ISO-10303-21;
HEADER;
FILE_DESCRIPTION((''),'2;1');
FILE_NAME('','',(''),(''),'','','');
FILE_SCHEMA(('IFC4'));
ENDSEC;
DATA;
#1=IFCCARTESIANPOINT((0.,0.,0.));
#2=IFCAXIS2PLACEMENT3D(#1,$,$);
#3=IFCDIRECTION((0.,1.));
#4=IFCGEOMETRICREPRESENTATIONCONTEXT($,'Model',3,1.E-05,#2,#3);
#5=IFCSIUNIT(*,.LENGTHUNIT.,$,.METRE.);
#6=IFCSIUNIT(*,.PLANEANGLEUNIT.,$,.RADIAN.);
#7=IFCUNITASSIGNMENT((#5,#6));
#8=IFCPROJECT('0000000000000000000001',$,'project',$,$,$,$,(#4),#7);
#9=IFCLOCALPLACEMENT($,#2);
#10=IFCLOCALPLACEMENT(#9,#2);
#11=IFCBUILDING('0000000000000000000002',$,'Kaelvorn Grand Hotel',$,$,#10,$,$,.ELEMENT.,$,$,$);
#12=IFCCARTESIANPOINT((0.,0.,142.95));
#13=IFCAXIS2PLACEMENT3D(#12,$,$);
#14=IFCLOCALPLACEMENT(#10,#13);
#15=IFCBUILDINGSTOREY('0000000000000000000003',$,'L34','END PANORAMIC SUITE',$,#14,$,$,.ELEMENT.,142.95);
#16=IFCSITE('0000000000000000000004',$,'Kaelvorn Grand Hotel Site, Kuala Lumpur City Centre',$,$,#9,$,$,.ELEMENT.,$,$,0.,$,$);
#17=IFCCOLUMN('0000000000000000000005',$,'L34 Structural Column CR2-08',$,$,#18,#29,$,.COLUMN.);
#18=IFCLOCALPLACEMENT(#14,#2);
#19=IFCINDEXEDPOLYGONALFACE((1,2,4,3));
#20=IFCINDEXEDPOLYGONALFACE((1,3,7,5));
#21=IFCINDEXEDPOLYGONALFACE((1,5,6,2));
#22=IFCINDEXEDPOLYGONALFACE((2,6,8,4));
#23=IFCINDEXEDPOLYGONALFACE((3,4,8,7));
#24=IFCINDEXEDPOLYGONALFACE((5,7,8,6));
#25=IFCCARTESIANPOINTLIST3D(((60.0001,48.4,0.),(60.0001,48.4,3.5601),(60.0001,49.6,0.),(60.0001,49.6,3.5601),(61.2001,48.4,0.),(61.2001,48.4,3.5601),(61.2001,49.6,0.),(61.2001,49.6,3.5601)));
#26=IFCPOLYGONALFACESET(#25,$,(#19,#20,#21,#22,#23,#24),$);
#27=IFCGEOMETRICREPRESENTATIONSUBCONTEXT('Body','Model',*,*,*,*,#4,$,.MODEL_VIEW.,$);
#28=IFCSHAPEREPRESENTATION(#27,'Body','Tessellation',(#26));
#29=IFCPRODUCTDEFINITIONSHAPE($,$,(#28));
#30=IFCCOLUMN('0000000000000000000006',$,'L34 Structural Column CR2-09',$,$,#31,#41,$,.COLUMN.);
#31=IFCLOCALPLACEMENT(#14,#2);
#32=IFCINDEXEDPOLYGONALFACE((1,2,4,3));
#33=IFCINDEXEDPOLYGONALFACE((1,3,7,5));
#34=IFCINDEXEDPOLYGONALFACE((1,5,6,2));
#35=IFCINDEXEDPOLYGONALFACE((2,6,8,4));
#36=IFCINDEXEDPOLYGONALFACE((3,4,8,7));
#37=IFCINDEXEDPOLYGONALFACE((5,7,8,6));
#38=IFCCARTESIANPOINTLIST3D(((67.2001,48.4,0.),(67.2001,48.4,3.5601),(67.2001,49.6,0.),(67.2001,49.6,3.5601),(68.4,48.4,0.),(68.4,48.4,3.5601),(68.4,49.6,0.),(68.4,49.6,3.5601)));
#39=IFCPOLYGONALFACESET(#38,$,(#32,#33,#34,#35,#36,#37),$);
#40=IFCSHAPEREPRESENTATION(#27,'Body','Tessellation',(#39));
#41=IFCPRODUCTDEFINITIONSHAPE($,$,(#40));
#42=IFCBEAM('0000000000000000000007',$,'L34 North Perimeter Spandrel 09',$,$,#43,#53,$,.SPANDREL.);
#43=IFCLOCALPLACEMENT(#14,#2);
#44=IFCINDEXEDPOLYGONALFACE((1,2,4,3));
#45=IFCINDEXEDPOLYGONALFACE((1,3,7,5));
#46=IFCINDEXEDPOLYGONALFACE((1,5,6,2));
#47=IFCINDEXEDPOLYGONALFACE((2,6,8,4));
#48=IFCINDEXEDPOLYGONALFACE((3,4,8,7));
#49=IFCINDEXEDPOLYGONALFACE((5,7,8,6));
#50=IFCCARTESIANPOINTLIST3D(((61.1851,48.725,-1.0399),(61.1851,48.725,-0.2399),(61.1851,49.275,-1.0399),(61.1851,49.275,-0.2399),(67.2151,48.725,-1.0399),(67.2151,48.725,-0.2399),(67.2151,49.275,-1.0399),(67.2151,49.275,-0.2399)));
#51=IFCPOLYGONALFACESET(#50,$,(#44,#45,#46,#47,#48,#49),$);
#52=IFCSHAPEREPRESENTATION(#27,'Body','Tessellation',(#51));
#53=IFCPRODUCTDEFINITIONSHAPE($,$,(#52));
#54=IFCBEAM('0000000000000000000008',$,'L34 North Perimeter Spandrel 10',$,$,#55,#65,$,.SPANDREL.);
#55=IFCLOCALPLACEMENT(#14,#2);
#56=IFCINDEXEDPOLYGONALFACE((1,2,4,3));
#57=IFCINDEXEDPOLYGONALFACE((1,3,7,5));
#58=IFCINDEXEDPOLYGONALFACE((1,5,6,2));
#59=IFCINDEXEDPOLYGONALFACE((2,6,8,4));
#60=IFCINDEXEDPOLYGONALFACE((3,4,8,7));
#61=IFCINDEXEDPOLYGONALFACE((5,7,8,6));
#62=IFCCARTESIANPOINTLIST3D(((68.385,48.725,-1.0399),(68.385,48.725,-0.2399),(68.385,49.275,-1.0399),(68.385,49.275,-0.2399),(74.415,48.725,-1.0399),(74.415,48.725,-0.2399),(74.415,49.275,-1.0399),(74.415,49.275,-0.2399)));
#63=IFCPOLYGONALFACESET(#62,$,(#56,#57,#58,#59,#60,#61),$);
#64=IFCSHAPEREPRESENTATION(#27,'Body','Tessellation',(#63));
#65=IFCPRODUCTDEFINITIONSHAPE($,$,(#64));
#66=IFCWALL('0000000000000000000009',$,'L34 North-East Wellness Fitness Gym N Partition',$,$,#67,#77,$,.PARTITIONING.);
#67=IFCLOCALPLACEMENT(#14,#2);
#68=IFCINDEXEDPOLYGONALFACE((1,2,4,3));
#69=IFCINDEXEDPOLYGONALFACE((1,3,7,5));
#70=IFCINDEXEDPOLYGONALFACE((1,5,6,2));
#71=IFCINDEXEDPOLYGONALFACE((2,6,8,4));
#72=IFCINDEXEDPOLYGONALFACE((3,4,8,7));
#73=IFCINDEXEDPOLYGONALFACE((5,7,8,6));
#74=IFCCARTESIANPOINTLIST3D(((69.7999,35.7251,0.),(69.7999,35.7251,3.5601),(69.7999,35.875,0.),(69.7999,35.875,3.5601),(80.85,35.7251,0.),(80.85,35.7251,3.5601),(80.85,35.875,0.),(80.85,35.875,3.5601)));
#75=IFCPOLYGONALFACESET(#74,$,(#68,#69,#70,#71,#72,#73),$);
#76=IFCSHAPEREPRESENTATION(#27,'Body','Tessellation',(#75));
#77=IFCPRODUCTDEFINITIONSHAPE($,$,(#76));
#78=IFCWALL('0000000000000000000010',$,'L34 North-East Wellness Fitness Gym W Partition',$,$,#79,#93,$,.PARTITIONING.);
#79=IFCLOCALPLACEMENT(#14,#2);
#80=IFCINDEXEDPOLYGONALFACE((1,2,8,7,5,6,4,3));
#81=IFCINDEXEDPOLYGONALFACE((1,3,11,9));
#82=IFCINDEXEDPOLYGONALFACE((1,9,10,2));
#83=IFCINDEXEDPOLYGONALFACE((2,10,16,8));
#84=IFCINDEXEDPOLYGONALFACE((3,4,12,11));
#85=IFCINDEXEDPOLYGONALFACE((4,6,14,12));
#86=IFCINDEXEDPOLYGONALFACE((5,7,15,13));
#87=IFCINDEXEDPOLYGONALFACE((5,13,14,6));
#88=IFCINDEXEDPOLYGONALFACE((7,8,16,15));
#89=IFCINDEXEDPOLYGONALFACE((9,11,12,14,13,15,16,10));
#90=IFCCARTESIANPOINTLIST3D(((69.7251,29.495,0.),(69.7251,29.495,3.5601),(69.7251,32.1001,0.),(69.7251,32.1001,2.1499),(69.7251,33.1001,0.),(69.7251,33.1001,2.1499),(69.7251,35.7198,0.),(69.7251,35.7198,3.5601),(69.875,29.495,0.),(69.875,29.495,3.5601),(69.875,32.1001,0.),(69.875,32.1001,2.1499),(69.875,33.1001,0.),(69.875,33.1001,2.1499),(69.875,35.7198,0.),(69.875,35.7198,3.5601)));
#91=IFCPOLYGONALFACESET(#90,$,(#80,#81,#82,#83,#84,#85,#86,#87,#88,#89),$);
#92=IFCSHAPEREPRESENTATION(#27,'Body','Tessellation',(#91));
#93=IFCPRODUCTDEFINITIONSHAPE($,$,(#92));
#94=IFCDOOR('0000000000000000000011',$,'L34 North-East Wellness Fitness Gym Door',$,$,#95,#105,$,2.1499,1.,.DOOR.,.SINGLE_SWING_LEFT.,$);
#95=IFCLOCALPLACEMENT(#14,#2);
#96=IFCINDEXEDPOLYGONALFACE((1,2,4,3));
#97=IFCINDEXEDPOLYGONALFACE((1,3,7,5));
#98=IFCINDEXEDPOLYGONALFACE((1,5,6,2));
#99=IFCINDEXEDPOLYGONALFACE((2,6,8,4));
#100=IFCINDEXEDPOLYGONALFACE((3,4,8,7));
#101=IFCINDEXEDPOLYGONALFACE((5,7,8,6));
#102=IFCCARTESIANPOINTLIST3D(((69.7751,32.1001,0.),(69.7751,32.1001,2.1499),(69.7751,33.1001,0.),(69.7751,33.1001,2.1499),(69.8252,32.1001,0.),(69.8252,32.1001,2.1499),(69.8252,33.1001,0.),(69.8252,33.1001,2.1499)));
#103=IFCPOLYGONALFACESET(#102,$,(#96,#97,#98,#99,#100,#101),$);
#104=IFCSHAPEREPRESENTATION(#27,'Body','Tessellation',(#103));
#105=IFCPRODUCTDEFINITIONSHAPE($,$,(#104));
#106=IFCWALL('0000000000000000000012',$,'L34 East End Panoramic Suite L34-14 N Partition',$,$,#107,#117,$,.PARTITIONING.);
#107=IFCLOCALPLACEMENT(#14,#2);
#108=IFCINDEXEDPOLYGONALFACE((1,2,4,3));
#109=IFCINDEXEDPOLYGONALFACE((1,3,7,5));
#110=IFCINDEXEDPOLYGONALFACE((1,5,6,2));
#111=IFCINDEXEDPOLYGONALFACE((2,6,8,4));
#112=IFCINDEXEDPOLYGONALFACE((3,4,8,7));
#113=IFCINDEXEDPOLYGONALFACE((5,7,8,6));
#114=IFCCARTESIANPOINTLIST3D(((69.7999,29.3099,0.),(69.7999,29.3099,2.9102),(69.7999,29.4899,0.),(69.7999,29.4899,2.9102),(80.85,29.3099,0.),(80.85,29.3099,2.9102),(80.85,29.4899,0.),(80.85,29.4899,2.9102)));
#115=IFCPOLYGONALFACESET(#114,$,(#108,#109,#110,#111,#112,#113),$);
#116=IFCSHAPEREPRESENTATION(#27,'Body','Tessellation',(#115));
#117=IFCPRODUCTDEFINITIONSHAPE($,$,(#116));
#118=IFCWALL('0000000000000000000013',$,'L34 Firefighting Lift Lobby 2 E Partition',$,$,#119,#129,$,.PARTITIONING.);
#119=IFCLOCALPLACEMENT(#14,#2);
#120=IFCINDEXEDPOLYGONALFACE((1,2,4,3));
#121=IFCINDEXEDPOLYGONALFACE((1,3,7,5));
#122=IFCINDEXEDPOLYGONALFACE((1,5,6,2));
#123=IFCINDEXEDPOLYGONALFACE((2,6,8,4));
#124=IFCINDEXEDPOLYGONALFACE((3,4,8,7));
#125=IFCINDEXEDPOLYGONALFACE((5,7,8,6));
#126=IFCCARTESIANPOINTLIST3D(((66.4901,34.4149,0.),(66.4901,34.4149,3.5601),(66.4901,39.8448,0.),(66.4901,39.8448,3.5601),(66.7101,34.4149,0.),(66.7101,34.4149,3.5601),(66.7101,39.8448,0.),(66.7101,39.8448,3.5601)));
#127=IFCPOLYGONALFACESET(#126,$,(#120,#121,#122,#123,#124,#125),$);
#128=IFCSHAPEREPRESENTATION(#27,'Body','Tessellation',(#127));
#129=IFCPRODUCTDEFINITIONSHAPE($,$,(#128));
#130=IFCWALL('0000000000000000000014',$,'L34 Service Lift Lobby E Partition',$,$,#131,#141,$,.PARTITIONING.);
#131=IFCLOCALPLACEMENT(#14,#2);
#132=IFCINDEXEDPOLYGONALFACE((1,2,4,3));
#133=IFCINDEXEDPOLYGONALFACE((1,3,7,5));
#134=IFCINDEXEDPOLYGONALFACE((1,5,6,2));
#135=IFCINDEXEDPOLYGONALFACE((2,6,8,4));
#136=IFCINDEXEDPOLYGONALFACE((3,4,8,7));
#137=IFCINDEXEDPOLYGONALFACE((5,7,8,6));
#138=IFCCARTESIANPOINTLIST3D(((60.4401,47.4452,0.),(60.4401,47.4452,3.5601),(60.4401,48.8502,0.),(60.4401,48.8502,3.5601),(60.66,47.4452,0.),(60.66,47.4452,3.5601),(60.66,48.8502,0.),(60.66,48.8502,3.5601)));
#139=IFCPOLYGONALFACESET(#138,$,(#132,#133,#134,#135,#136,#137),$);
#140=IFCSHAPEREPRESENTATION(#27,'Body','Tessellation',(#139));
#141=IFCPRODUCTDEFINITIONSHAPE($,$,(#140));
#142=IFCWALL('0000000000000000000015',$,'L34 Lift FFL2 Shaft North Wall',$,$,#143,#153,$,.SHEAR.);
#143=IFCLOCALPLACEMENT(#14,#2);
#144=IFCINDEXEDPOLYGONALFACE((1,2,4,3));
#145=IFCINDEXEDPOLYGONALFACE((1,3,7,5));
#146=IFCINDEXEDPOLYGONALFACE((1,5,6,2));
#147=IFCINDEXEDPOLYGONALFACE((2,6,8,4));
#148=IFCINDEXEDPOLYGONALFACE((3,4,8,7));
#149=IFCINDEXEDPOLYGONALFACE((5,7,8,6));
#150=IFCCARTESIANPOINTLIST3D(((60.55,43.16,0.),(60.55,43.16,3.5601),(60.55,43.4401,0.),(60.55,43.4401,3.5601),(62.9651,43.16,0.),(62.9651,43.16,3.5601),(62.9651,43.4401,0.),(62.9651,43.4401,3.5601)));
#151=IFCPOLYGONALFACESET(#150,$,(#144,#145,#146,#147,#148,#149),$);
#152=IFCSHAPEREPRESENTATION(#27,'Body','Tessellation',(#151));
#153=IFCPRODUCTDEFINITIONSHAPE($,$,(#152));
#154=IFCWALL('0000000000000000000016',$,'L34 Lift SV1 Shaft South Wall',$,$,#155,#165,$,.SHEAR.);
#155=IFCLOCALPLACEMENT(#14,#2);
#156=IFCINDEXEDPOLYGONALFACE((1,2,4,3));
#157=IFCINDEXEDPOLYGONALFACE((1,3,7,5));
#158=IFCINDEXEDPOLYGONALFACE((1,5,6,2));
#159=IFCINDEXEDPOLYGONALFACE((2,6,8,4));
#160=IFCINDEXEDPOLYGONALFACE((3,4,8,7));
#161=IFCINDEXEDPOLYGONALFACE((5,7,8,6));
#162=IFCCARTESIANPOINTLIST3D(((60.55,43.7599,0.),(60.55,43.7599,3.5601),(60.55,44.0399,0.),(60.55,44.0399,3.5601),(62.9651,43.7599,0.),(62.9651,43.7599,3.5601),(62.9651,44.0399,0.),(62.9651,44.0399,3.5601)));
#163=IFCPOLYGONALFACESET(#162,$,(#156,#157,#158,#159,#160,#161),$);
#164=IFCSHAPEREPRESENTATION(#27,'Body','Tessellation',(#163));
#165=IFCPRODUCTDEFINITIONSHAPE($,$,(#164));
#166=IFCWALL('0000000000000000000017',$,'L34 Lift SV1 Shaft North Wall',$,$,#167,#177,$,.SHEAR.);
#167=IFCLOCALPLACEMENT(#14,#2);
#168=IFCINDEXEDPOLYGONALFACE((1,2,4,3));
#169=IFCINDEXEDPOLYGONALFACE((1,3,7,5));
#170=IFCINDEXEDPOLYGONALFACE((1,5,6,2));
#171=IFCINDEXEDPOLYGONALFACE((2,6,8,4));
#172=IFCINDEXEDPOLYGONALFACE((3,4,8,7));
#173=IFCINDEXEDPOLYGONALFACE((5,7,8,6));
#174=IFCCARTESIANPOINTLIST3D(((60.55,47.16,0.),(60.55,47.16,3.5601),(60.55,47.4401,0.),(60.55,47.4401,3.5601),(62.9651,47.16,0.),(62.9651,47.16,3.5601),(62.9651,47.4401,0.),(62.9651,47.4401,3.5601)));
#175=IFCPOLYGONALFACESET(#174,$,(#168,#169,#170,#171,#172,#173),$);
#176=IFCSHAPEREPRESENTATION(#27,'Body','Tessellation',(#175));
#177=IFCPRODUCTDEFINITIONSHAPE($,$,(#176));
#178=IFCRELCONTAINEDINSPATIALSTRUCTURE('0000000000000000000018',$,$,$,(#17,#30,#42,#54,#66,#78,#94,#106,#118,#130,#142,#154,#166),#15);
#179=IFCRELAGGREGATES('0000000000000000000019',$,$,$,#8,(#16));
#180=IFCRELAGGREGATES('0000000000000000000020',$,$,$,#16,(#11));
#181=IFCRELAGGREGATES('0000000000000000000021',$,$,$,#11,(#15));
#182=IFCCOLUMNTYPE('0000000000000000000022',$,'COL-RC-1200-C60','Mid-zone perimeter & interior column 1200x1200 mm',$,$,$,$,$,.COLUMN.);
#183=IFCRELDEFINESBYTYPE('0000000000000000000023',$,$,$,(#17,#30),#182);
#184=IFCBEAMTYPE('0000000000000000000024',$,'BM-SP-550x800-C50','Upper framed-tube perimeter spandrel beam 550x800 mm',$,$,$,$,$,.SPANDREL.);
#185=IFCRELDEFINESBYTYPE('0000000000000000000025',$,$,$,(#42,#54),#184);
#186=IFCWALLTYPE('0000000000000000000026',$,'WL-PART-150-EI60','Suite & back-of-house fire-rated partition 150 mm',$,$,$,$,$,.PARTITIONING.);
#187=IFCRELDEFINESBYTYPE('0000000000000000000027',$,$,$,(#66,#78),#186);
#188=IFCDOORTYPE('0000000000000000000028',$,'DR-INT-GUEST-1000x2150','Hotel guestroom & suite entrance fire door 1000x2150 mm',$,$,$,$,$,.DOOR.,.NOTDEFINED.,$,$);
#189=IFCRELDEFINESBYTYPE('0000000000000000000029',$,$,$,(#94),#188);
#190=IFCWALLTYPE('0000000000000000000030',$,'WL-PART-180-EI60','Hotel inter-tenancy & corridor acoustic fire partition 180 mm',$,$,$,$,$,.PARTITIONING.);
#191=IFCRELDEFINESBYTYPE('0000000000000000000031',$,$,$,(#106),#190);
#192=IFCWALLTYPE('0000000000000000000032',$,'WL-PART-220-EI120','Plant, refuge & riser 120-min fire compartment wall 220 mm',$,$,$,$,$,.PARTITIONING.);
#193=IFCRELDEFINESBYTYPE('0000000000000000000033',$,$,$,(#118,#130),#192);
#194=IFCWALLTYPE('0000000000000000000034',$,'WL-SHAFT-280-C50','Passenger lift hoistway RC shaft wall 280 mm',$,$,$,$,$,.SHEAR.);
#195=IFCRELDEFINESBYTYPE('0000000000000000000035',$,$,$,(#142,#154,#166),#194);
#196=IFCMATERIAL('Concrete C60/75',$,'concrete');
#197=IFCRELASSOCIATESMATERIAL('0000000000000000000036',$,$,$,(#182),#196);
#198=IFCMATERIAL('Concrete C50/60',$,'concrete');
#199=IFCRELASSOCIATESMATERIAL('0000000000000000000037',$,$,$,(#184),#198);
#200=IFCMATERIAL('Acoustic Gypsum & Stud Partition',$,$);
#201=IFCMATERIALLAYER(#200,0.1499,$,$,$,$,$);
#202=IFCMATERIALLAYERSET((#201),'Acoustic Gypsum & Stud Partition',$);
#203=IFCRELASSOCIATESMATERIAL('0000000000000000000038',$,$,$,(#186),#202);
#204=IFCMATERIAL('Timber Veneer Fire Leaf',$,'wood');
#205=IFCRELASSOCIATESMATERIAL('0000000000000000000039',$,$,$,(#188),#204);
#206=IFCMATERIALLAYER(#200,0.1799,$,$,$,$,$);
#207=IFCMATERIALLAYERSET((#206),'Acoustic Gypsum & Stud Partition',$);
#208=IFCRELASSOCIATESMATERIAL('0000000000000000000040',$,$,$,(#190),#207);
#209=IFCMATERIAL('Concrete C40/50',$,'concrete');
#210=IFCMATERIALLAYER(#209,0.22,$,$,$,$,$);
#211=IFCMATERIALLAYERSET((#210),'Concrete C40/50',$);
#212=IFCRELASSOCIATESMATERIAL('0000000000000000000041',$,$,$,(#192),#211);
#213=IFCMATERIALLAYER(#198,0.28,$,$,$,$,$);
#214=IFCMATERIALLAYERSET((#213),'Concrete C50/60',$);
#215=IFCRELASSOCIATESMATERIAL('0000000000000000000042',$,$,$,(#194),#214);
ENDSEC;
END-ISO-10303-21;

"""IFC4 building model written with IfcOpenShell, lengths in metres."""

from ifc_helpers import new_model, si_unit, direction, frame, frame_2d, origin, origin_2d, place, context, subcontext, project, spatial, rectangle, extrude, material, layer, layer_set, material_profile, profile_set, type_object, element, fill, save


model = new_model("IFC4")

# Units and contexts
model_context = context("Model", 3, precision=1e-05, world=origin(), true_north=direction((0.0, 1.0)))
body_context = subcontext(model_context, "Body", "Model", "MODEL_VIEW")
ifc_project = project(units=[si_unit("LENGTHUNIT", "METRE"), si_unit("PLANEANGLEUNIT", "RADIAN")], contexts=[model_context])

# Site, building, storey
site_placement = place(None, origin())
site = spatial("IfcSite", under=ifc_project, at=site_placement, Name="Kaelvorn Grand Hotel Site, Kuala Lumpur City Centre", CompositionType="ELEMENT", RefElevation=0.0)
building_placement = place(site_placement, origin())
building = spatial("IfcBuilding", under=site, at=building_placement, Name="Kaelvorn Grand Hotel", CompositionType="ELEMENT")
storey_placement = place(building_placement, frame((0.0, 0.0, 142.95)))
storey = spatial("IfcBuildingStorey", under=building, at=storey_placement, Name="L34", Description="END PANORAMIC SUITE", CompositionType="ELEMENT", Elevation=142.95)

# Columns
ifc_material_1 = material(Name="Concrete C60/75", Category="concrete")
ifc_material_profile_1 = material_profile(ifc_material_1, rectangle(XDim=1.2, YDim=1.2, at=origin_2d()), Name="RC COL 1200x1200")
ifc_profile_set_1 = profile_set([ifc_material_profile_1], Name="Concrete C60/75")
column_type = type_object("IfcColumnType", Name="COL-RC-1200-C60", Description="Mid-zone perimeter & interior column 1200x1200 mm", PredefinedType="COLUMN", material=ifc_profile_set_1)
for number, where, z_axis, x_axis, name in (
    (1, (60.6001, 49.0, 0.0), (0.0, 0.0, 1.0), (1.0, 0.0, 0.0), "L34 Structural Column CR2-08"),
    (2, (67.8, 49.0, 0.0), (0.0, 0.0, 1.0), (1.0, 0.0, 0.0), "L34 Structural Column CR2-09"),
):
    element("IfcColumn", number, at=place(storey_placement, frame(where, z_axis=z_axis, x_axis=x_axis)), inside=storey, type_object=column_type, Name=name, PredefinedType="COLUMN", context=body_context, shape_type="SweptSolid", body=[
        extrude(rectangle(XDim=1.2, YDim=1.2, at=origin_2d()), origin(), (0.0, 0.0, 1.0), 3.5601),
    ])

# Beams
ifc_material_2 = material(Name="Concrete C50/60", Category="concrete")
ifc_material_profile_2 = material_profile(ifc_material_2, rectangle(XDim=0.55, YDim=0.8, at=origin_2d()), Name="RC SPANDREL 550x800")
ifc_profile_set_2 = profile_set([ifc_material_profile_2], Name="Concrete C50/60")
beam_type = type_object("IfcBeamType", Name="BM-SP-550x800-C50", Description="Upper framed-tube perimeter spandrel beam 550x800 mm", PredefinedType="SPANDREL", material=ifc_profile_set_2)
for number, where, z_axis, x_axis, name in (
    (3, (61.1851, 49.0, -0.6399), (1.0, 0.0, 0.0), (0.0, 1.0, 0.0), "L34 North Perimeter Spandrel 09"),
    (4, (68.385, 49.0, -0.6399), (1.0, 0.0, 0.0), (0.0, 1.0, 0.0), "L34 North Perimeter Spandrel 10"),
):
    element("IfcBeam", number, at=place(storey_placement, frame(where, z_axis=z_axis, x_axis=x_axis)), inside=storey, type_object=beam_type, Name=name, PredefinedType="SPANDREL", context=body_context, shape_type="SweptSolid", body=[
        extrude(rectangle(XDim=0.55, YDim=0.8, at=origin_2d()), origin(), (0.0, 0.0, 1.0), 6.03),
    ])

# Wall
ifc_material_3 = material(Name="Acoustic Gypsum & Stud Partition")
ifc_layer_1 = layer(ifc_material_3, 0.1499)
ifc_layer_set_1 = layer_set([ifc_layer_1], Name="Acoustic Gypsum & Stud Partition")
wall_type_1 = type_object("IfcWallType", Name="WL-PART-150-EI60", Description="Suite & back-of-house fire-rated partition 150 mm", PredefinedType="PARTITIONING", material=ifc_layer_set_1)
wall_1_placement = place(storey_placement, frame((69.8, 35.8, 0.0), z_axis=(0.0, 0.0, 1.0), x_axis=(1.0, 0.0, 0.0)))
element("IfcWall", 5, at=wall_1_placement, inside=storey, type_object=wall_type_1, Name="L34 North-East Wellness Fitness Gym N Partition", PredefinedType="PARTITIONING", context=body_context, shape_type="SweptSolid", body=[
    extrude(rectangle(XDim=11.05, YDim=0.1499, at=frame_2d((5.5249, 0.0))), origin(), (0.0, 0.0, 1.0), 3.5601),
])

# Wall, opening, door
wall_2_placement = place(storey_placement, frame((69.8, 29.4951, 0.0), z_axis=(0.0, 0.0, 1.0), x_axis=(0.0, 1.0, 0.0)))
wall_2 = element("IfcWall", 6, at=wall_2_placement, inside=storey, type_object=wall_type_1, Name="L34 North-East Wellness Fitness Gym W Partition", PredefinedType="PARTITIONING", context=body_context, shape_type="SweptSolid", body=[
    extrude(rectangle(XDim=6.2249, YDim=0.1499, at=frame_2d((3.1123, 0.0))), origin(), (0.0, 0.0, 1.0), 3.5601),
])
opening_1_placement = place(wall_2_placement, frame((2.605, 0.0, 0.0)))
opening_1 = element("IfcOpeningElement", 7, at=opening_1_placement, cuts=wall_2, PredefinedType="OPENING", context=body_context, shape_type="SweptSolid", body=[
    extrude(rectangle(XDim=1.0, YDim=2.1499, at=frame_2d((0.5, 1.075))), frame((0.0, 0.085, 0.0), z_axis=(0.0, -1.0, 0.0), x_axis=(1.0, 0.0, 0.0)), (0.0, 0.0, 1.0), 0.1699),
])
ifc_material_4 = material(Name="Timber Veneer Fire Leaf", Category="wood")
door_type_1 = type_object("IfcDoorType", Name="DR-INT-GUEST-1000x2150", Description="Hotel guestroom & suite entrance fire door 1000x2150 mm", OperationType="NOTDEFINED", PredefinedType="DOOR", material=ifc_material_4)
door_1_placement = place(opening_1_placement, origin())
door_1 = element("IfcDoor", 8, at=door_1_placement, inside=storey, type_object=door_type_1, Name="L34 North-East Wellness Fitness Gym Door", OperationType="SINGLE_SWING_LEFT", OverallHeight=2.1499, OverallWidth=1.0, PredefinedType="DOOR", context=body_context, shape_type="SweptSolid", body=[
    extrude(rectangle(XDim=1.0, YDim=2.1499, at=frame_2d((0.5, 1.075))), frame((0.0, 0.0249, 0.0), z_axis=(0.0, -1.0, 0.0), x_axis=(1.0, 0.0, 0.0)), (0.0, 0.0, 1.0), 0.05),
])
fill(opening_1, door_1)

# Walls
ifc_layer_2 = layer(ifc_material_3, 0.1799)
ifc_layer_set_2 = layer_set([ifc_layer_2], Name="Acoustic Gypsum & Stud Partition")
wall_type_2 = type_object("IfcWallType", Name="WL-PART-180-EI60", Description="Hotel inter-tenancy & corridor acoustic fire partition 180 mm", PredefinedType="PARTITIONING", material=ifc_layer_set_2)
wall_3_placement = place(storey_placement, frame((69.8, 29.3999, 0.0), z_axis=(0.0, 0.0, 1.0), x_axis=(1.0, 0.0, 0.0)))
element("IfcWall", 9, at=wall_3_placement, inside=storey, type_object=wall_type_2, Name="L34 East End Panoramic Suite L34-14 N Partition", PredefinedType="PARTITIONING", context=body_context, shape_type="SweptSolid", body=[
    extrude(rectangle(XDim=11.05, YDim=0.1799, at=frame_2d((5.5249, 0.0))), origin(), (0.0, 0.0, 1.0), 2.9102),
])
ifc_material_5 = material(Name="Concrete C40/50", Category="concrete")
ifc_layer_3 = layer(ifc_material_5, 0.22)
ifc_layer_set_3 = layer_set([ifc_layer_3], Name="Concrete C40/50")
wall_type_3 = type_object("IfcWallType", Name="WL-PART-220-EI120", Description="Plant, refuge & riser 120-min fire compartment wall 220 mm", PredefinedType="PARTITIONING", material=ifc_layer_set_3)
wall_4_placement = place(storey_placement, frame((66.6001, 34.415, 0.0), z_axis=(0.0, 0.0, 1.0), x_axis=(0.0, 1.0, 0.0)))
element("IfcWall", 10, at=wall_4_placement, inside=storey, type_object=wall_type_3, Name="L34 Firefighting Lift Lobby 2 E Partition", PredefinedType="PARTITIONING", context=body_context, shape_type="SweptSolid", body=[
    extrude(rectangle(XDim=5.4299, YDim=0.22, at=frame_2d((2.7148, 0.0))), origin(), (0.0, 0.0, 1.0), 3.5601),
])
wall_5_placement = place(storey_placement, frame((60.55, 47.4451, 0.0), z_axis=(0.0, 0.0, 1.0), x_axis=(0.0, 1.0, 0.0)))
element("IfcWall", 11, at=wall_5_placement, inside=storey, type_object=wall_type_3, Name="L34 Service Lift Lobby E Partition", PredefinedType="PARTITIONING", context=body_context, shape_type="SweptSolid", body=[
    extrude(rectangle(XDim=1.405, YDim=0.22, at=frame_2d((0.7026, 0.0))), origin(), (0.0, 0.0, 1.0), 3.5601),
])
ifc_layer_4 = layer(ifc_material_2, 0.28)
ifc_layer_set_4 = layer_set([ifc_layer_4], Name="Concrete C50/60")
wall_type_4 = type_object("IfcWallType", Name="WL-SHAFT-280-C50", Description="Passenger lift hoistway RC shaft wall 280 mm", PredefinedType="SHEAR", material=ifc_layer_set_4)
for number, where, z_axis, x_axis, name in (
    (12, (60.55, 43.3, 0.0), (0.0, 0.0, 1.0), (1.0, 0.0, 0.0), "L34 Lift FFL2 Shaft North Wall"),
    (13, (60.55, 43.8999, 0.0), (0.0, 0.0, 1.0), (1.0, 0.0, 0.0), "L34 Lift SV1 Shaft South Wall"),
    (14, (60.55, 47.3, 0.0), (0.0, 0.0, 1.0), (1.0, 0.0, 0.0), "L34 Lift SV1 Shaft North Wall"),
):
    element("IfcWall", number, at=place(storey_placement, frame(where, z_axis=z_axis, x_axis=x_axis)), inside=storey, type_object=wall_type_4, Name=name, PredefinedType="SHEAR", context=body_context, shape_type="SweptSolid", body=[
        extrude(rectangle(XDim=2.415, YDim=0.28, at=frame_2d((1.2075, 0.0))), origin(), (0.0, 0.0, 1.0), 3.5601),
    ])

save(model, "model.ifc")
